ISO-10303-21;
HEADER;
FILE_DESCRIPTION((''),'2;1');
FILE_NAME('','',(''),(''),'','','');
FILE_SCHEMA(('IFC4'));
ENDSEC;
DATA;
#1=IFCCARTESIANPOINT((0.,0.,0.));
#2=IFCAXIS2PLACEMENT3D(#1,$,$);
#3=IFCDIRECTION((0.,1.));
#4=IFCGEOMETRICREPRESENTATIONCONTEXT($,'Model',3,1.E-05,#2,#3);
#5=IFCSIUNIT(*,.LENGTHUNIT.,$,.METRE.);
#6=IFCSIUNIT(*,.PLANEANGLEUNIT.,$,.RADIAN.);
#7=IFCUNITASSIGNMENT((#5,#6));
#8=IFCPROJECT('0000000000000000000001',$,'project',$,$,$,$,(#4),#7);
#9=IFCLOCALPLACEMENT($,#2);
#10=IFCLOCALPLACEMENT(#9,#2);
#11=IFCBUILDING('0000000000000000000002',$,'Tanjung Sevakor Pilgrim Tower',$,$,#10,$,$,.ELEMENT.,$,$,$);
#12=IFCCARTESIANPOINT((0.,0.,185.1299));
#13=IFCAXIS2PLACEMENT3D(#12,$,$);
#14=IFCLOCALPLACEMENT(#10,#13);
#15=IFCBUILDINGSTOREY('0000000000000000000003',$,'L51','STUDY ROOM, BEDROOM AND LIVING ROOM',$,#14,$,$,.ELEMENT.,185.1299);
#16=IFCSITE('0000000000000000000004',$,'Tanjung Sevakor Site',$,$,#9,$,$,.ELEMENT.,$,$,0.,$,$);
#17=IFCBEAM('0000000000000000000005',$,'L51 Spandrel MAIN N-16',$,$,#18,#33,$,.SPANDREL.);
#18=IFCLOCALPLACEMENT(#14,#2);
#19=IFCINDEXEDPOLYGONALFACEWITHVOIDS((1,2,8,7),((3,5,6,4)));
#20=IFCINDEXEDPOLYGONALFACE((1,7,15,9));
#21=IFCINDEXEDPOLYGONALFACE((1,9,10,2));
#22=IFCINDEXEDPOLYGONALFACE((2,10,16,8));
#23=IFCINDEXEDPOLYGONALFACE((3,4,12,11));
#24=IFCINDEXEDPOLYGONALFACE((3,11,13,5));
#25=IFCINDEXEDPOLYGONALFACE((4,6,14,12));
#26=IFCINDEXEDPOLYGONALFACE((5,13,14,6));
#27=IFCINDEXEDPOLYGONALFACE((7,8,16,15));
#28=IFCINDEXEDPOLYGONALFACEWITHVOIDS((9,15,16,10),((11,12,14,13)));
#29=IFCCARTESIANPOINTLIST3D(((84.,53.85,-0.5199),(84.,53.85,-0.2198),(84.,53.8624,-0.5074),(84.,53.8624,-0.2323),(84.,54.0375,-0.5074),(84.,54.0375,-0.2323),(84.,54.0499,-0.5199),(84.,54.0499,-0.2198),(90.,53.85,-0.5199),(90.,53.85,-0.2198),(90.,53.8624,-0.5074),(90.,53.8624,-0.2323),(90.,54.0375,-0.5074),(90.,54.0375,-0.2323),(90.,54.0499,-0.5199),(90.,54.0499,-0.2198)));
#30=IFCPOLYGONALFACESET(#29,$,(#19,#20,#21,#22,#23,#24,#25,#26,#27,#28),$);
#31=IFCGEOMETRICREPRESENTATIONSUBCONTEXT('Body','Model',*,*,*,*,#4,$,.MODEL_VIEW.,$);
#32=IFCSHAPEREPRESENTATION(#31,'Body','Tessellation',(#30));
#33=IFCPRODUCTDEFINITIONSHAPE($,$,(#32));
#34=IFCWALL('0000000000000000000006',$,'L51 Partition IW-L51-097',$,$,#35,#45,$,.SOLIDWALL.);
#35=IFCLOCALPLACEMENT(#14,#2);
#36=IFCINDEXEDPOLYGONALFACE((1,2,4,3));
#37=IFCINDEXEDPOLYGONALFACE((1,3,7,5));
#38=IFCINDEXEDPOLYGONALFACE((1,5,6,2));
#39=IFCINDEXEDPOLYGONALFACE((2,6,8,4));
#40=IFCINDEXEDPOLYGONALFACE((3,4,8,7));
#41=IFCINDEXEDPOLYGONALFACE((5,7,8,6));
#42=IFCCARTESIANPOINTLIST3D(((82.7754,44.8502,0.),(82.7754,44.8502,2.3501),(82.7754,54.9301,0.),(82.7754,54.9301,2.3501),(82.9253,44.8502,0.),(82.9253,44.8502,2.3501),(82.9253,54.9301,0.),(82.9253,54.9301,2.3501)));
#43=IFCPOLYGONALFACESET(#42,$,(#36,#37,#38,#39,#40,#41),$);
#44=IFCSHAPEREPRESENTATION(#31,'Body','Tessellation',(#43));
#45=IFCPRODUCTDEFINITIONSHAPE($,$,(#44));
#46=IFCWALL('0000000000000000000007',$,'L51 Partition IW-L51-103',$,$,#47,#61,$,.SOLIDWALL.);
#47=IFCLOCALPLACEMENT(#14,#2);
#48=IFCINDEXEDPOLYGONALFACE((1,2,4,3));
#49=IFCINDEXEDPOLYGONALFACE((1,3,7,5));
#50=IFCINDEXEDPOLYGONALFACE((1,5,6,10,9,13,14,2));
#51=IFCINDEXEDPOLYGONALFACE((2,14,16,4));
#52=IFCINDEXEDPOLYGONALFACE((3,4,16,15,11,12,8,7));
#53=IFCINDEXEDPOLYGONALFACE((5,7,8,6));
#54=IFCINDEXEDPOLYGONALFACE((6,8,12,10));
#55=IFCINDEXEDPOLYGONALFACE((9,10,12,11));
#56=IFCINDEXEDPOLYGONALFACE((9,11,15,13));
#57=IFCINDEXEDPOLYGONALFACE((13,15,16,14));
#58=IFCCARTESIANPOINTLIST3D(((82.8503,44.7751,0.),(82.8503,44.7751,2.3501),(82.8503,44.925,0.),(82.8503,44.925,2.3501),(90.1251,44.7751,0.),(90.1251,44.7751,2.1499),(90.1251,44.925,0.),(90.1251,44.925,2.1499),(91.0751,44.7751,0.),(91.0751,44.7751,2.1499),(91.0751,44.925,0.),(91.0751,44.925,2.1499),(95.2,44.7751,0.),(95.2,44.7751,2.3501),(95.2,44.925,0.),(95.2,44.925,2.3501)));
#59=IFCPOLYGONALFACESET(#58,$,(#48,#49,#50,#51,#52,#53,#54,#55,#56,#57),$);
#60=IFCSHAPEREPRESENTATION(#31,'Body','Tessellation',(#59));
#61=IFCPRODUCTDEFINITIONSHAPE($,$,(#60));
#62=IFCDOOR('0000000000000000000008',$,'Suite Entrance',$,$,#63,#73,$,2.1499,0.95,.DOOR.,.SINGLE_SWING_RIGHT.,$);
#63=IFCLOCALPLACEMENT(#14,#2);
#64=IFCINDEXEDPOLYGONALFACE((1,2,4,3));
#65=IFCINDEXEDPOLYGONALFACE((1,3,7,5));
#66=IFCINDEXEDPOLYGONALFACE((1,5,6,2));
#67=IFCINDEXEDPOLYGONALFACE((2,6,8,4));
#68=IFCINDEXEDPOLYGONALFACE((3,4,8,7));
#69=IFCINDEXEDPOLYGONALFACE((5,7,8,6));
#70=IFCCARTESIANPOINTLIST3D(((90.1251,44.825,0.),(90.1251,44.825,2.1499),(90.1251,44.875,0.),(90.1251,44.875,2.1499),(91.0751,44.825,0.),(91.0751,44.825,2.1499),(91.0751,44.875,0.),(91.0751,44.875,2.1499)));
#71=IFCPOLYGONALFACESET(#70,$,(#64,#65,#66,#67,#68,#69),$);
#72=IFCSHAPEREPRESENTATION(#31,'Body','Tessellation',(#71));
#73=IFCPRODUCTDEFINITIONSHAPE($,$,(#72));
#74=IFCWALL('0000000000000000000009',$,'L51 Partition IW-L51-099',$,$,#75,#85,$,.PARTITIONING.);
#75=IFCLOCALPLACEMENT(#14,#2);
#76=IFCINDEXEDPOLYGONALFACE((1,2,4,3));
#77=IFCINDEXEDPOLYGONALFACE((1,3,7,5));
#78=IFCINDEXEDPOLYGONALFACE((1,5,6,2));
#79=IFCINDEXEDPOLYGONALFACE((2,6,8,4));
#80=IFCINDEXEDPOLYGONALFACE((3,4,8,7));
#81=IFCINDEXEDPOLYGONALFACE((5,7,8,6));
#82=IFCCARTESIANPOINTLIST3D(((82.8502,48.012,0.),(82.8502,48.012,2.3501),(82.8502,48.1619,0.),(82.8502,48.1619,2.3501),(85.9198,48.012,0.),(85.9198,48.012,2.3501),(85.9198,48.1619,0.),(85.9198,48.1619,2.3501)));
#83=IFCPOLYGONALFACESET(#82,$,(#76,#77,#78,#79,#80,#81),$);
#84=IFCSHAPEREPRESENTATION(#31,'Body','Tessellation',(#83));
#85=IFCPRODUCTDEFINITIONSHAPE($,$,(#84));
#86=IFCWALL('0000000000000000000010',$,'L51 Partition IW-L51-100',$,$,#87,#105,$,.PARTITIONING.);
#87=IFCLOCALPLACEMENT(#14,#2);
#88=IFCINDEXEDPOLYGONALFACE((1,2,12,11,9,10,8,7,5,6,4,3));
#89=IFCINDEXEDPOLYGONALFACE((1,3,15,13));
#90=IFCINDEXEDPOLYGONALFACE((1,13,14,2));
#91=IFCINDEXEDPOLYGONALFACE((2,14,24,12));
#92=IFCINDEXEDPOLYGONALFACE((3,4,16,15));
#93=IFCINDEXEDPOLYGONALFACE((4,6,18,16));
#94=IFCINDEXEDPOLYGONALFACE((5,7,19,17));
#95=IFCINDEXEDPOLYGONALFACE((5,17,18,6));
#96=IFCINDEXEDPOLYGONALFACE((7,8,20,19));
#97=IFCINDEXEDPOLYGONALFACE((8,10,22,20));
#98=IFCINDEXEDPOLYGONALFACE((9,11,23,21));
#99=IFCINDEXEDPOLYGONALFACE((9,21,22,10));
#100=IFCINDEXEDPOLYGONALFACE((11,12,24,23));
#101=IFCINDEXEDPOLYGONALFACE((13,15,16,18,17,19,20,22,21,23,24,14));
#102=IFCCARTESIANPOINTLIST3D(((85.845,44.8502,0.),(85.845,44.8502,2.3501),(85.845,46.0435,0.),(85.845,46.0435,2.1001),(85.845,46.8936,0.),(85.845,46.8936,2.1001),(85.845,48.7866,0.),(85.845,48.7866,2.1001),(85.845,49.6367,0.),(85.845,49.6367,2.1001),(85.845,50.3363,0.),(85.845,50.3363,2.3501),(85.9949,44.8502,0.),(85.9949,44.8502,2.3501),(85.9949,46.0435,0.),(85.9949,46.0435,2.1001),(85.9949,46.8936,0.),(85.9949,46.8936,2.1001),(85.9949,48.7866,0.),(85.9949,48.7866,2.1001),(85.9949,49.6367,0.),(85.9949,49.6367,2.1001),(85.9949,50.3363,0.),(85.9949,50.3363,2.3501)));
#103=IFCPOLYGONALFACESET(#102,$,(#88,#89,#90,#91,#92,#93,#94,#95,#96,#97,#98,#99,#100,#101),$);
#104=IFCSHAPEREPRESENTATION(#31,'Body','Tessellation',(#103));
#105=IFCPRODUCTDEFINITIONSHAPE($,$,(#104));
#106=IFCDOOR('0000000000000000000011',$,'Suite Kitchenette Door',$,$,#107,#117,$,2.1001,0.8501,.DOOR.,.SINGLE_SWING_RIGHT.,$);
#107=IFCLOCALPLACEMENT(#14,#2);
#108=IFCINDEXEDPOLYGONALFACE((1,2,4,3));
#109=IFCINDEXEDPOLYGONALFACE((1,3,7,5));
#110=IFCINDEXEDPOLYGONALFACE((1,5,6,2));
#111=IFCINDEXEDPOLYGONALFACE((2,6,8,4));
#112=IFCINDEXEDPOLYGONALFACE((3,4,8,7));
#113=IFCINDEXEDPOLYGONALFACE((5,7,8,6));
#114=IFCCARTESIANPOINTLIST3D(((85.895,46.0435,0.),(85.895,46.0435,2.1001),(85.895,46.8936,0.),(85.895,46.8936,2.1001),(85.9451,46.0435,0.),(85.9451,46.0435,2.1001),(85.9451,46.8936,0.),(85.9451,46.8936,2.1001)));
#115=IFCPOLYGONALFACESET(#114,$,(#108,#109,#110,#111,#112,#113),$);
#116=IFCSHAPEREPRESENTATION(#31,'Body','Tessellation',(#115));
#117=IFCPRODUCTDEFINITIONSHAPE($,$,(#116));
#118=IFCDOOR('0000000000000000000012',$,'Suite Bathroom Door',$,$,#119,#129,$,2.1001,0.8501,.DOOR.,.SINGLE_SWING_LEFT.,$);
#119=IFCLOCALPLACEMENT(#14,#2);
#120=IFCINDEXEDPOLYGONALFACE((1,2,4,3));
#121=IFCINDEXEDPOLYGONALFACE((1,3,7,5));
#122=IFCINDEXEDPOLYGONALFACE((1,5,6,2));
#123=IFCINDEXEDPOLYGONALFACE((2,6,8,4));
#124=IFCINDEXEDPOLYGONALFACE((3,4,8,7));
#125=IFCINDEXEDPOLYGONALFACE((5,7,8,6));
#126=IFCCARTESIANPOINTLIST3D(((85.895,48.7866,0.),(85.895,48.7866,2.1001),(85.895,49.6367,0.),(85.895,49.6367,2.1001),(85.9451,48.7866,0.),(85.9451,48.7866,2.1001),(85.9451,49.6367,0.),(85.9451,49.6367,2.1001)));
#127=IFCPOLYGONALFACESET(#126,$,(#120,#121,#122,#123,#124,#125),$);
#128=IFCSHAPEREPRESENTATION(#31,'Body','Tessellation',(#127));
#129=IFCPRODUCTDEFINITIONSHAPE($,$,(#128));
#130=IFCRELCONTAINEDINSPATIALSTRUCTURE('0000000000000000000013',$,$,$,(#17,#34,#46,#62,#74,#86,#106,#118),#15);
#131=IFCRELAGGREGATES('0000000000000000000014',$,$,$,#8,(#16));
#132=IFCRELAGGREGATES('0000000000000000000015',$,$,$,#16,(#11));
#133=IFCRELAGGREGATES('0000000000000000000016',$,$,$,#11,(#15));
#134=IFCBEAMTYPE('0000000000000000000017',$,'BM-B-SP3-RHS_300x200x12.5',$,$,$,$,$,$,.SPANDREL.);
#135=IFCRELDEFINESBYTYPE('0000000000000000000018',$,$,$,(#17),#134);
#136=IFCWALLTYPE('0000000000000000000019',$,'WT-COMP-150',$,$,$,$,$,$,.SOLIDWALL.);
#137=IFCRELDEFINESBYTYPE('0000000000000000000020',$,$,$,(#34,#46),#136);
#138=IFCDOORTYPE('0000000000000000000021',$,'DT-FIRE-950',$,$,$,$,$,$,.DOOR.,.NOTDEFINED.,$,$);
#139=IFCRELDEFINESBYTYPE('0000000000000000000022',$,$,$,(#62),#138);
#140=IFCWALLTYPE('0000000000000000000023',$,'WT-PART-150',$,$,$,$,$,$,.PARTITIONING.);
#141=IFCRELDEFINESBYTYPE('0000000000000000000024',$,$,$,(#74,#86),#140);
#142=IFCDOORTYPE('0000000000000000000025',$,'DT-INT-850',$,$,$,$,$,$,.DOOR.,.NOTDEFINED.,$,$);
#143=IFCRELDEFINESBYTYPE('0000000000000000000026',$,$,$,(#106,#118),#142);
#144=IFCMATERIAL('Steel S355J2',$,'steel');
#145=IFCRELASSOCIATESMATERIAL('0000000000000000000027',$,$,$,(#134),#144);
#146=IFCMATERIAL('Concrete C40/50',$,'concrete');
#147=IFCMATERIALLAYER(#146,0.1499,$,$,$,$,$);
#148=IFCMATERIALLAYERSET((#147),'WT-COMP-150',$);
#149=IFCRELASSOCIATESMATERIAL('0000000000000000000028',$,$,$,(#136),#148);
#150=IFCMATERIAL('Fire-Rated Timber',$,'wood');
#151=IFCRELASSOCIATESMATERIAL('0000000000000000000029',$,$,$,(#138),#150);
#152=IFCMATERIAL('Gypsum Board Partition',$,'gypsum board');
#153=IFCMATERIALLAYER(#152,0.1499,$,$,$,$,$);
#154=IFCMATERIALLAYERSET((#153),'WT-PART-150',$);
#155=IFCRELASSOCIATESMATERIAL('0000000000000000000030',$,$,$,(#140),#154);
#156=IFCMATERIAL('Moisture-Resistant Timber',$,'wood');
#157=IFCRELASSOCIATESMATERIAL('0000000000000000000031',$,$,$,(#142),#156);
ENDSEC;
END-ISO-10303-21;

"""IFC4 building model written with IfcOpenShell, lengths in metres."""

from ifc_helpers import new_model, si_unit, direction, frame, frame_2d, origin, origin_2d, place, context, subcontext, project, spatial, rectangle, hollow_rectangle, extrude, material, layer, layer_set, material_profile, profile_set, type_object, element, fill, save


model = new_model("IFC4")

# Units and contexts
model_context = context("Model", 3, precision=1e-05, world=origin(), true_north=direction((0.0, 1.0)))
body_context = subcontext(model_context, "Body", "Model", "MODEL_VIEW")
ifc_project = project(units=[si_unit("LENGTHUNIT", "METRE"), si_unit("PLANEANGLEUNIT", "RADIAN")], contexts=[model_context])

# Site, building, storey
site_placement = place(None, origin())
site = spatial("IfcSite", under=ifc_project, at=site_placement, Name="Tanjung Sevakor Site", CompositionType="ELEMENT", RefElevation=0.0)
building_placement = place(site_placement, origin())
building = spatial("IfcBuilding", under=site, at=building_placement, Name="Tanjung Sevakor Pilgrim Tower", CompositionType="ELEMENT")
storey_placement = place(building_placement, frame((0.0, 0.0, 185.1299)))
storey = spatial("IfcBuildingStorey", under=building, at=storey_placement, Name="L51", Description="STUDY ROOM, BEDROOM AND LIVING ROOM", CompositionType="ELEMENT", Elevation=185.1299)

# Beam
ifc_material_1 = material(Name="Steel S355J2", Category="steel")
ifc_material_profile_1 = material_profile(ifc_material_1, hollow_rectangle(XDim=0.2, YDim=0.3, WallThickness=0.0125, at=origin_2d()))
ifc_profile_set_1 = profile_set([ifc_material_profile_1], Name="Steel S355J2")
beam_type_1 = type_object("IfcBeamType", Name="BM-B-SP3-RHS_300x200x12.5", PredefinedType="SPANDREL", material=ifc_profile_set_1)
beam_placement = place(storey_placement, frame((84.0, 53.95, -0.3699), z_axis=(1.0, 0.0, 0.0), x_axis=(0.0, 1.0, 0.0)))
element("IfcBeam", 1, at=beam_placement, inside=storey, type_object=beam_type_1, Name="L51 Spandrel MAIN N-16", PredefinedType="SPANDREL", context=body_context, shape_type="SweptSolid", body=[
    extrude(hollow_rectangle(XDim=0.2, YDim=0.3, WallThickness=0.0125, at=origin_2d()), origin(), (0.0, 0.0, 1.0), 6.0),
])

# Wall
ifc_material_2 = material(Name="Concrete C40/50", Category="concrete")
ifc_layer_1 = layer(ifc_material_2, 0.1499)
ifc_layer_set_1 = layer_set([ifc_layer_1], Name="WT-COMP-150")
wall_type_1 = type_object("IfcWallType", Name="WT-COMP-150", PredefinedType="SOLIDWALL", material=ifc_layer_set_1)
wall_1_placement = place(storey_placement, frame((82.8503, 44.8501, 0.0), z_axis=(0.0, 0.0, 1.0), x_axis=(0.0, 1.0, 0.0)))
element("IfcWall", 2, at=wall_1_placement, inside=storey, type_object=wall_type_1, Name="L51 Partition IW-L51-097", PredefinedType="SOLIDWALL", context=body_context, shape_type="SweptSolid", body=[
    extrude(rectangle(XDim=10.0798, YDim=0.1499, at=frame_2d((5.04, 0.0))), origin(), (0.0, 0.0, 1.0), 2.3501),
])

# Wall, opening, door
wall_2_placement = place(storey_placement, frame((82.8503, 44.8501, 0.0), z_axis=(0.0, 0.0, 1.0), x_axis=(1.0, 0.0, 0.0)))
wall_2 = element("IfcWall", 3, at=wall_2_placement, inside=storey, type_object=wall_type_1, Name="L51 Partition IW-L51-103", PredefinedType="SOLIDWALL", context=body_context, shape_type="SweptSolid", body=[
    extrude(rectangle(XDim=12.3496, YDim=0.1499, at=frame_2d((6.1748, 0.0))), origin(), (0.0, 0.0, 1.0), 2.3501),
])
opening_1_placement = place(wall_2_placement, frame((7.2747, 0.0, 0.0)))
opening_1 = element("IfcOpeningElement", 4, at=opening_1_placement, cuts=wall_2, PredefinedType="OPENING", context=body_context, shape_type="SweptSolid", body=[
    extrude(rectangle(XDim=0.95, YDim=2.1499, at=frame_2d((0.4751, 1.075))), frame((0.0, 0.085, 0.0), z_axis=(0.0, -1.0, 0.0), x_axis=(1.0, 0.0, 0.0)), (0.0, 0.0, 1.0), 0.1699),
])
ifc_material_3 = material(Name="Fire-Rated Timber", Category="wood")
door_type_1 = type_object("IfcDoorType", Name="DT-FIRE-950", OperationType="NOTDEFINED", PredefinedType="DOOR", material=ifc_material_3)
door_1_placement = place(opening_1_placement, origin())
door_1 = element("IfcDoor", 5, at=door_1_placement, inside=storey, type_object=door_type_1, Name="Suite Entrance", OperationType="SINGLE_SWING_RIGHT", OverallHeight=2.1499, OverallWidth=0.95, PredefinedType="DOOR", context=body_context, shape_type="SweptSolid", body=[
    extrude(rectangle(XDim=0.95, YDim=2.1499, at=frame_2d((0.4751, 1.075))), frame((0.0, 0.0249, 0.0), z_axis=(0.0, -1.0, 0.0), x_axis=(1.0, 0.0, 0.0)), (0.0, 0.0, 1.0), 0.05),
])
fill(opening_1, door_1)

# Wall
ifc_material_4 = material(Name="Gypsum Board Partition", Category="gypsum board")
ifc_layer_2 = layer(ifc_material_4, 0.1499)
ifc_layer_set_2 = layer_set([ifc_layer_2], Name="WT-PART-150")
wall_type_2 = type_object("IfcWallType", Name="WT-PART-150", PredefinedType="PARTITIONING", material=ifc_layer_set_2)
wall_3_placement = place(storey_placement, frame((82.8503, 48.0869, 0.0), z_axis=(0.0, 0.0, 1.0), x_axis=(1.0, 0.0, 0.0)))
element("IfcWall", 6, at=wall_3_placement, inside=storey, type_object=wall_type_2, Name="L51 Partition IW-L51-099", PredefinedType="PARTITIONING", context=body_context, shape_type="SweptSolid", body=[
    extrude(rectangle(XDim=3.0696, YDim=0.1499, at=frame_2d((1.5347, 0.0))), origin(), (0.0, 0.0, 1.0), 2.3501),
])

# Wall, openings, doors
wall_4_placement = place(storey_placement, frame((85.9199, 44.8501, 0.0), z_axis=(0.0, 0.0, 1.0), x_axis=(0.0, 1.0, 0.0)))
wall_4 = element("IfcWall", 7, at=wall_4_placement, inside=storey, type_object=wall_type_2, Name="L51 Partition IW-L51-100", PredefinedType="PARTITIONING", context=body_context, shape_type="SweptSolid", body=[
    extrude(rectangle(XDim=5.4861, YDim=0.1499, at=frame_2d((2.7432, 0.0))), origin(), (0.0, 0.0, 1.0), 2.3501),
])
opening_2_placement = place(wall_4_placement, frame((1.1934, 0.0, 0.0)))
opening_2 = element("IfcOpeningElement", 8, at=opening_2_placement, cuts=wall_4, PredefinedType="OPENING", context=body_context, shape_type="SweptSolid", body=[
    extrude(rectangle(XDim=0.8501, YDim=2.1001, at=frame_2d((0.425, 1.05))), frame((0.0, 0.085, 0.0), z_axis=(0.0, -1.0, 0.0), x_axis=(1.0, 0.0, 0.0)), (0.0, 0.0, 1.0), 0.1699),
])
opening_3_placement = place(wall_4_placement, frame((3.9365, 0.0, 0.0)))
opening_3 = element("IfcOpeningElement", 9, at=opening_3_placement, cuts=wall_4, PredefinedType="OPENING", context=body_context, shape_type="SweptSolid", body=[
    extrude(rectangle(XDim=0.8501, YDim=2.1001, at=frame_2d((0.425, 1.05))), frame((0.0, 0.085, 0.0), z_axis=(0.0, -1.0, 0.0), x_axis=(1.0, 0.0, 0.0)), (0.0, 0.0, 1.0), 0.1699),
])
ifc_material_5 = material(Name="Moisture-Resistant Timber", Category="wood")
door_type_2 = type_object("IfcDoorType", Name="DT-INT-850", OperationType="NOTDEFINED", PredefinedType="DOOR", material=ifc_material_5)
door_2_placement = place(opening_2_placement, origin())
door_2 = element("IfcDoor", 10, at=door_2_placement, inside=storey, type_object=door_type_2, Name="Suite Kitchenette Door", OperationType="SINGLE_SWING_RIGHT", OverallHeight=2.1001, OverallWidth=0.8501, PredefinedType="DOOR", context=body_context, shape_type="SweptSolid", body=[
    extrude(rectangle(XDim=0.8501, YDim=2.1001, at=frame_2d((0.425, 1.05))), frame((0.0, 0.0249, 0.0), z_axis=(0.0, -1.0, 0.0), x_axis=(1.0, 0.0, 0.0)), (0.0, 0.0, 1.0), 0.05),
])
fill(opening_2, door_2)
door_3_placement = place(opening_3_placement, origin())
door_3 = element("IfcDoor", 11, at=door_3_placement, inside=storey, type_object=door_type_2, Name="Suite Bathroom Door", OperationType="SINGLE_SWING_LEFT", OverallHeight=2.1001, OverallWidth=0.8501, PredefinedType="DOOR", context=body_context, shape_type="SweptSolid", body=[
    extrude(rectangle(XDim=0.8501, YDim=2.1001, at=frame_2d((0.425, 1.05))), frame((0.0, 0.0249, 0.0), z_axis=(0.0, -1.0, 0.0), x_axis=(1.0, 0.0, 0.0)), (0.0, 0.0, 1.0), 0.05),
])
fill(opening_3, door_3)

save(model, "model.ifc")
